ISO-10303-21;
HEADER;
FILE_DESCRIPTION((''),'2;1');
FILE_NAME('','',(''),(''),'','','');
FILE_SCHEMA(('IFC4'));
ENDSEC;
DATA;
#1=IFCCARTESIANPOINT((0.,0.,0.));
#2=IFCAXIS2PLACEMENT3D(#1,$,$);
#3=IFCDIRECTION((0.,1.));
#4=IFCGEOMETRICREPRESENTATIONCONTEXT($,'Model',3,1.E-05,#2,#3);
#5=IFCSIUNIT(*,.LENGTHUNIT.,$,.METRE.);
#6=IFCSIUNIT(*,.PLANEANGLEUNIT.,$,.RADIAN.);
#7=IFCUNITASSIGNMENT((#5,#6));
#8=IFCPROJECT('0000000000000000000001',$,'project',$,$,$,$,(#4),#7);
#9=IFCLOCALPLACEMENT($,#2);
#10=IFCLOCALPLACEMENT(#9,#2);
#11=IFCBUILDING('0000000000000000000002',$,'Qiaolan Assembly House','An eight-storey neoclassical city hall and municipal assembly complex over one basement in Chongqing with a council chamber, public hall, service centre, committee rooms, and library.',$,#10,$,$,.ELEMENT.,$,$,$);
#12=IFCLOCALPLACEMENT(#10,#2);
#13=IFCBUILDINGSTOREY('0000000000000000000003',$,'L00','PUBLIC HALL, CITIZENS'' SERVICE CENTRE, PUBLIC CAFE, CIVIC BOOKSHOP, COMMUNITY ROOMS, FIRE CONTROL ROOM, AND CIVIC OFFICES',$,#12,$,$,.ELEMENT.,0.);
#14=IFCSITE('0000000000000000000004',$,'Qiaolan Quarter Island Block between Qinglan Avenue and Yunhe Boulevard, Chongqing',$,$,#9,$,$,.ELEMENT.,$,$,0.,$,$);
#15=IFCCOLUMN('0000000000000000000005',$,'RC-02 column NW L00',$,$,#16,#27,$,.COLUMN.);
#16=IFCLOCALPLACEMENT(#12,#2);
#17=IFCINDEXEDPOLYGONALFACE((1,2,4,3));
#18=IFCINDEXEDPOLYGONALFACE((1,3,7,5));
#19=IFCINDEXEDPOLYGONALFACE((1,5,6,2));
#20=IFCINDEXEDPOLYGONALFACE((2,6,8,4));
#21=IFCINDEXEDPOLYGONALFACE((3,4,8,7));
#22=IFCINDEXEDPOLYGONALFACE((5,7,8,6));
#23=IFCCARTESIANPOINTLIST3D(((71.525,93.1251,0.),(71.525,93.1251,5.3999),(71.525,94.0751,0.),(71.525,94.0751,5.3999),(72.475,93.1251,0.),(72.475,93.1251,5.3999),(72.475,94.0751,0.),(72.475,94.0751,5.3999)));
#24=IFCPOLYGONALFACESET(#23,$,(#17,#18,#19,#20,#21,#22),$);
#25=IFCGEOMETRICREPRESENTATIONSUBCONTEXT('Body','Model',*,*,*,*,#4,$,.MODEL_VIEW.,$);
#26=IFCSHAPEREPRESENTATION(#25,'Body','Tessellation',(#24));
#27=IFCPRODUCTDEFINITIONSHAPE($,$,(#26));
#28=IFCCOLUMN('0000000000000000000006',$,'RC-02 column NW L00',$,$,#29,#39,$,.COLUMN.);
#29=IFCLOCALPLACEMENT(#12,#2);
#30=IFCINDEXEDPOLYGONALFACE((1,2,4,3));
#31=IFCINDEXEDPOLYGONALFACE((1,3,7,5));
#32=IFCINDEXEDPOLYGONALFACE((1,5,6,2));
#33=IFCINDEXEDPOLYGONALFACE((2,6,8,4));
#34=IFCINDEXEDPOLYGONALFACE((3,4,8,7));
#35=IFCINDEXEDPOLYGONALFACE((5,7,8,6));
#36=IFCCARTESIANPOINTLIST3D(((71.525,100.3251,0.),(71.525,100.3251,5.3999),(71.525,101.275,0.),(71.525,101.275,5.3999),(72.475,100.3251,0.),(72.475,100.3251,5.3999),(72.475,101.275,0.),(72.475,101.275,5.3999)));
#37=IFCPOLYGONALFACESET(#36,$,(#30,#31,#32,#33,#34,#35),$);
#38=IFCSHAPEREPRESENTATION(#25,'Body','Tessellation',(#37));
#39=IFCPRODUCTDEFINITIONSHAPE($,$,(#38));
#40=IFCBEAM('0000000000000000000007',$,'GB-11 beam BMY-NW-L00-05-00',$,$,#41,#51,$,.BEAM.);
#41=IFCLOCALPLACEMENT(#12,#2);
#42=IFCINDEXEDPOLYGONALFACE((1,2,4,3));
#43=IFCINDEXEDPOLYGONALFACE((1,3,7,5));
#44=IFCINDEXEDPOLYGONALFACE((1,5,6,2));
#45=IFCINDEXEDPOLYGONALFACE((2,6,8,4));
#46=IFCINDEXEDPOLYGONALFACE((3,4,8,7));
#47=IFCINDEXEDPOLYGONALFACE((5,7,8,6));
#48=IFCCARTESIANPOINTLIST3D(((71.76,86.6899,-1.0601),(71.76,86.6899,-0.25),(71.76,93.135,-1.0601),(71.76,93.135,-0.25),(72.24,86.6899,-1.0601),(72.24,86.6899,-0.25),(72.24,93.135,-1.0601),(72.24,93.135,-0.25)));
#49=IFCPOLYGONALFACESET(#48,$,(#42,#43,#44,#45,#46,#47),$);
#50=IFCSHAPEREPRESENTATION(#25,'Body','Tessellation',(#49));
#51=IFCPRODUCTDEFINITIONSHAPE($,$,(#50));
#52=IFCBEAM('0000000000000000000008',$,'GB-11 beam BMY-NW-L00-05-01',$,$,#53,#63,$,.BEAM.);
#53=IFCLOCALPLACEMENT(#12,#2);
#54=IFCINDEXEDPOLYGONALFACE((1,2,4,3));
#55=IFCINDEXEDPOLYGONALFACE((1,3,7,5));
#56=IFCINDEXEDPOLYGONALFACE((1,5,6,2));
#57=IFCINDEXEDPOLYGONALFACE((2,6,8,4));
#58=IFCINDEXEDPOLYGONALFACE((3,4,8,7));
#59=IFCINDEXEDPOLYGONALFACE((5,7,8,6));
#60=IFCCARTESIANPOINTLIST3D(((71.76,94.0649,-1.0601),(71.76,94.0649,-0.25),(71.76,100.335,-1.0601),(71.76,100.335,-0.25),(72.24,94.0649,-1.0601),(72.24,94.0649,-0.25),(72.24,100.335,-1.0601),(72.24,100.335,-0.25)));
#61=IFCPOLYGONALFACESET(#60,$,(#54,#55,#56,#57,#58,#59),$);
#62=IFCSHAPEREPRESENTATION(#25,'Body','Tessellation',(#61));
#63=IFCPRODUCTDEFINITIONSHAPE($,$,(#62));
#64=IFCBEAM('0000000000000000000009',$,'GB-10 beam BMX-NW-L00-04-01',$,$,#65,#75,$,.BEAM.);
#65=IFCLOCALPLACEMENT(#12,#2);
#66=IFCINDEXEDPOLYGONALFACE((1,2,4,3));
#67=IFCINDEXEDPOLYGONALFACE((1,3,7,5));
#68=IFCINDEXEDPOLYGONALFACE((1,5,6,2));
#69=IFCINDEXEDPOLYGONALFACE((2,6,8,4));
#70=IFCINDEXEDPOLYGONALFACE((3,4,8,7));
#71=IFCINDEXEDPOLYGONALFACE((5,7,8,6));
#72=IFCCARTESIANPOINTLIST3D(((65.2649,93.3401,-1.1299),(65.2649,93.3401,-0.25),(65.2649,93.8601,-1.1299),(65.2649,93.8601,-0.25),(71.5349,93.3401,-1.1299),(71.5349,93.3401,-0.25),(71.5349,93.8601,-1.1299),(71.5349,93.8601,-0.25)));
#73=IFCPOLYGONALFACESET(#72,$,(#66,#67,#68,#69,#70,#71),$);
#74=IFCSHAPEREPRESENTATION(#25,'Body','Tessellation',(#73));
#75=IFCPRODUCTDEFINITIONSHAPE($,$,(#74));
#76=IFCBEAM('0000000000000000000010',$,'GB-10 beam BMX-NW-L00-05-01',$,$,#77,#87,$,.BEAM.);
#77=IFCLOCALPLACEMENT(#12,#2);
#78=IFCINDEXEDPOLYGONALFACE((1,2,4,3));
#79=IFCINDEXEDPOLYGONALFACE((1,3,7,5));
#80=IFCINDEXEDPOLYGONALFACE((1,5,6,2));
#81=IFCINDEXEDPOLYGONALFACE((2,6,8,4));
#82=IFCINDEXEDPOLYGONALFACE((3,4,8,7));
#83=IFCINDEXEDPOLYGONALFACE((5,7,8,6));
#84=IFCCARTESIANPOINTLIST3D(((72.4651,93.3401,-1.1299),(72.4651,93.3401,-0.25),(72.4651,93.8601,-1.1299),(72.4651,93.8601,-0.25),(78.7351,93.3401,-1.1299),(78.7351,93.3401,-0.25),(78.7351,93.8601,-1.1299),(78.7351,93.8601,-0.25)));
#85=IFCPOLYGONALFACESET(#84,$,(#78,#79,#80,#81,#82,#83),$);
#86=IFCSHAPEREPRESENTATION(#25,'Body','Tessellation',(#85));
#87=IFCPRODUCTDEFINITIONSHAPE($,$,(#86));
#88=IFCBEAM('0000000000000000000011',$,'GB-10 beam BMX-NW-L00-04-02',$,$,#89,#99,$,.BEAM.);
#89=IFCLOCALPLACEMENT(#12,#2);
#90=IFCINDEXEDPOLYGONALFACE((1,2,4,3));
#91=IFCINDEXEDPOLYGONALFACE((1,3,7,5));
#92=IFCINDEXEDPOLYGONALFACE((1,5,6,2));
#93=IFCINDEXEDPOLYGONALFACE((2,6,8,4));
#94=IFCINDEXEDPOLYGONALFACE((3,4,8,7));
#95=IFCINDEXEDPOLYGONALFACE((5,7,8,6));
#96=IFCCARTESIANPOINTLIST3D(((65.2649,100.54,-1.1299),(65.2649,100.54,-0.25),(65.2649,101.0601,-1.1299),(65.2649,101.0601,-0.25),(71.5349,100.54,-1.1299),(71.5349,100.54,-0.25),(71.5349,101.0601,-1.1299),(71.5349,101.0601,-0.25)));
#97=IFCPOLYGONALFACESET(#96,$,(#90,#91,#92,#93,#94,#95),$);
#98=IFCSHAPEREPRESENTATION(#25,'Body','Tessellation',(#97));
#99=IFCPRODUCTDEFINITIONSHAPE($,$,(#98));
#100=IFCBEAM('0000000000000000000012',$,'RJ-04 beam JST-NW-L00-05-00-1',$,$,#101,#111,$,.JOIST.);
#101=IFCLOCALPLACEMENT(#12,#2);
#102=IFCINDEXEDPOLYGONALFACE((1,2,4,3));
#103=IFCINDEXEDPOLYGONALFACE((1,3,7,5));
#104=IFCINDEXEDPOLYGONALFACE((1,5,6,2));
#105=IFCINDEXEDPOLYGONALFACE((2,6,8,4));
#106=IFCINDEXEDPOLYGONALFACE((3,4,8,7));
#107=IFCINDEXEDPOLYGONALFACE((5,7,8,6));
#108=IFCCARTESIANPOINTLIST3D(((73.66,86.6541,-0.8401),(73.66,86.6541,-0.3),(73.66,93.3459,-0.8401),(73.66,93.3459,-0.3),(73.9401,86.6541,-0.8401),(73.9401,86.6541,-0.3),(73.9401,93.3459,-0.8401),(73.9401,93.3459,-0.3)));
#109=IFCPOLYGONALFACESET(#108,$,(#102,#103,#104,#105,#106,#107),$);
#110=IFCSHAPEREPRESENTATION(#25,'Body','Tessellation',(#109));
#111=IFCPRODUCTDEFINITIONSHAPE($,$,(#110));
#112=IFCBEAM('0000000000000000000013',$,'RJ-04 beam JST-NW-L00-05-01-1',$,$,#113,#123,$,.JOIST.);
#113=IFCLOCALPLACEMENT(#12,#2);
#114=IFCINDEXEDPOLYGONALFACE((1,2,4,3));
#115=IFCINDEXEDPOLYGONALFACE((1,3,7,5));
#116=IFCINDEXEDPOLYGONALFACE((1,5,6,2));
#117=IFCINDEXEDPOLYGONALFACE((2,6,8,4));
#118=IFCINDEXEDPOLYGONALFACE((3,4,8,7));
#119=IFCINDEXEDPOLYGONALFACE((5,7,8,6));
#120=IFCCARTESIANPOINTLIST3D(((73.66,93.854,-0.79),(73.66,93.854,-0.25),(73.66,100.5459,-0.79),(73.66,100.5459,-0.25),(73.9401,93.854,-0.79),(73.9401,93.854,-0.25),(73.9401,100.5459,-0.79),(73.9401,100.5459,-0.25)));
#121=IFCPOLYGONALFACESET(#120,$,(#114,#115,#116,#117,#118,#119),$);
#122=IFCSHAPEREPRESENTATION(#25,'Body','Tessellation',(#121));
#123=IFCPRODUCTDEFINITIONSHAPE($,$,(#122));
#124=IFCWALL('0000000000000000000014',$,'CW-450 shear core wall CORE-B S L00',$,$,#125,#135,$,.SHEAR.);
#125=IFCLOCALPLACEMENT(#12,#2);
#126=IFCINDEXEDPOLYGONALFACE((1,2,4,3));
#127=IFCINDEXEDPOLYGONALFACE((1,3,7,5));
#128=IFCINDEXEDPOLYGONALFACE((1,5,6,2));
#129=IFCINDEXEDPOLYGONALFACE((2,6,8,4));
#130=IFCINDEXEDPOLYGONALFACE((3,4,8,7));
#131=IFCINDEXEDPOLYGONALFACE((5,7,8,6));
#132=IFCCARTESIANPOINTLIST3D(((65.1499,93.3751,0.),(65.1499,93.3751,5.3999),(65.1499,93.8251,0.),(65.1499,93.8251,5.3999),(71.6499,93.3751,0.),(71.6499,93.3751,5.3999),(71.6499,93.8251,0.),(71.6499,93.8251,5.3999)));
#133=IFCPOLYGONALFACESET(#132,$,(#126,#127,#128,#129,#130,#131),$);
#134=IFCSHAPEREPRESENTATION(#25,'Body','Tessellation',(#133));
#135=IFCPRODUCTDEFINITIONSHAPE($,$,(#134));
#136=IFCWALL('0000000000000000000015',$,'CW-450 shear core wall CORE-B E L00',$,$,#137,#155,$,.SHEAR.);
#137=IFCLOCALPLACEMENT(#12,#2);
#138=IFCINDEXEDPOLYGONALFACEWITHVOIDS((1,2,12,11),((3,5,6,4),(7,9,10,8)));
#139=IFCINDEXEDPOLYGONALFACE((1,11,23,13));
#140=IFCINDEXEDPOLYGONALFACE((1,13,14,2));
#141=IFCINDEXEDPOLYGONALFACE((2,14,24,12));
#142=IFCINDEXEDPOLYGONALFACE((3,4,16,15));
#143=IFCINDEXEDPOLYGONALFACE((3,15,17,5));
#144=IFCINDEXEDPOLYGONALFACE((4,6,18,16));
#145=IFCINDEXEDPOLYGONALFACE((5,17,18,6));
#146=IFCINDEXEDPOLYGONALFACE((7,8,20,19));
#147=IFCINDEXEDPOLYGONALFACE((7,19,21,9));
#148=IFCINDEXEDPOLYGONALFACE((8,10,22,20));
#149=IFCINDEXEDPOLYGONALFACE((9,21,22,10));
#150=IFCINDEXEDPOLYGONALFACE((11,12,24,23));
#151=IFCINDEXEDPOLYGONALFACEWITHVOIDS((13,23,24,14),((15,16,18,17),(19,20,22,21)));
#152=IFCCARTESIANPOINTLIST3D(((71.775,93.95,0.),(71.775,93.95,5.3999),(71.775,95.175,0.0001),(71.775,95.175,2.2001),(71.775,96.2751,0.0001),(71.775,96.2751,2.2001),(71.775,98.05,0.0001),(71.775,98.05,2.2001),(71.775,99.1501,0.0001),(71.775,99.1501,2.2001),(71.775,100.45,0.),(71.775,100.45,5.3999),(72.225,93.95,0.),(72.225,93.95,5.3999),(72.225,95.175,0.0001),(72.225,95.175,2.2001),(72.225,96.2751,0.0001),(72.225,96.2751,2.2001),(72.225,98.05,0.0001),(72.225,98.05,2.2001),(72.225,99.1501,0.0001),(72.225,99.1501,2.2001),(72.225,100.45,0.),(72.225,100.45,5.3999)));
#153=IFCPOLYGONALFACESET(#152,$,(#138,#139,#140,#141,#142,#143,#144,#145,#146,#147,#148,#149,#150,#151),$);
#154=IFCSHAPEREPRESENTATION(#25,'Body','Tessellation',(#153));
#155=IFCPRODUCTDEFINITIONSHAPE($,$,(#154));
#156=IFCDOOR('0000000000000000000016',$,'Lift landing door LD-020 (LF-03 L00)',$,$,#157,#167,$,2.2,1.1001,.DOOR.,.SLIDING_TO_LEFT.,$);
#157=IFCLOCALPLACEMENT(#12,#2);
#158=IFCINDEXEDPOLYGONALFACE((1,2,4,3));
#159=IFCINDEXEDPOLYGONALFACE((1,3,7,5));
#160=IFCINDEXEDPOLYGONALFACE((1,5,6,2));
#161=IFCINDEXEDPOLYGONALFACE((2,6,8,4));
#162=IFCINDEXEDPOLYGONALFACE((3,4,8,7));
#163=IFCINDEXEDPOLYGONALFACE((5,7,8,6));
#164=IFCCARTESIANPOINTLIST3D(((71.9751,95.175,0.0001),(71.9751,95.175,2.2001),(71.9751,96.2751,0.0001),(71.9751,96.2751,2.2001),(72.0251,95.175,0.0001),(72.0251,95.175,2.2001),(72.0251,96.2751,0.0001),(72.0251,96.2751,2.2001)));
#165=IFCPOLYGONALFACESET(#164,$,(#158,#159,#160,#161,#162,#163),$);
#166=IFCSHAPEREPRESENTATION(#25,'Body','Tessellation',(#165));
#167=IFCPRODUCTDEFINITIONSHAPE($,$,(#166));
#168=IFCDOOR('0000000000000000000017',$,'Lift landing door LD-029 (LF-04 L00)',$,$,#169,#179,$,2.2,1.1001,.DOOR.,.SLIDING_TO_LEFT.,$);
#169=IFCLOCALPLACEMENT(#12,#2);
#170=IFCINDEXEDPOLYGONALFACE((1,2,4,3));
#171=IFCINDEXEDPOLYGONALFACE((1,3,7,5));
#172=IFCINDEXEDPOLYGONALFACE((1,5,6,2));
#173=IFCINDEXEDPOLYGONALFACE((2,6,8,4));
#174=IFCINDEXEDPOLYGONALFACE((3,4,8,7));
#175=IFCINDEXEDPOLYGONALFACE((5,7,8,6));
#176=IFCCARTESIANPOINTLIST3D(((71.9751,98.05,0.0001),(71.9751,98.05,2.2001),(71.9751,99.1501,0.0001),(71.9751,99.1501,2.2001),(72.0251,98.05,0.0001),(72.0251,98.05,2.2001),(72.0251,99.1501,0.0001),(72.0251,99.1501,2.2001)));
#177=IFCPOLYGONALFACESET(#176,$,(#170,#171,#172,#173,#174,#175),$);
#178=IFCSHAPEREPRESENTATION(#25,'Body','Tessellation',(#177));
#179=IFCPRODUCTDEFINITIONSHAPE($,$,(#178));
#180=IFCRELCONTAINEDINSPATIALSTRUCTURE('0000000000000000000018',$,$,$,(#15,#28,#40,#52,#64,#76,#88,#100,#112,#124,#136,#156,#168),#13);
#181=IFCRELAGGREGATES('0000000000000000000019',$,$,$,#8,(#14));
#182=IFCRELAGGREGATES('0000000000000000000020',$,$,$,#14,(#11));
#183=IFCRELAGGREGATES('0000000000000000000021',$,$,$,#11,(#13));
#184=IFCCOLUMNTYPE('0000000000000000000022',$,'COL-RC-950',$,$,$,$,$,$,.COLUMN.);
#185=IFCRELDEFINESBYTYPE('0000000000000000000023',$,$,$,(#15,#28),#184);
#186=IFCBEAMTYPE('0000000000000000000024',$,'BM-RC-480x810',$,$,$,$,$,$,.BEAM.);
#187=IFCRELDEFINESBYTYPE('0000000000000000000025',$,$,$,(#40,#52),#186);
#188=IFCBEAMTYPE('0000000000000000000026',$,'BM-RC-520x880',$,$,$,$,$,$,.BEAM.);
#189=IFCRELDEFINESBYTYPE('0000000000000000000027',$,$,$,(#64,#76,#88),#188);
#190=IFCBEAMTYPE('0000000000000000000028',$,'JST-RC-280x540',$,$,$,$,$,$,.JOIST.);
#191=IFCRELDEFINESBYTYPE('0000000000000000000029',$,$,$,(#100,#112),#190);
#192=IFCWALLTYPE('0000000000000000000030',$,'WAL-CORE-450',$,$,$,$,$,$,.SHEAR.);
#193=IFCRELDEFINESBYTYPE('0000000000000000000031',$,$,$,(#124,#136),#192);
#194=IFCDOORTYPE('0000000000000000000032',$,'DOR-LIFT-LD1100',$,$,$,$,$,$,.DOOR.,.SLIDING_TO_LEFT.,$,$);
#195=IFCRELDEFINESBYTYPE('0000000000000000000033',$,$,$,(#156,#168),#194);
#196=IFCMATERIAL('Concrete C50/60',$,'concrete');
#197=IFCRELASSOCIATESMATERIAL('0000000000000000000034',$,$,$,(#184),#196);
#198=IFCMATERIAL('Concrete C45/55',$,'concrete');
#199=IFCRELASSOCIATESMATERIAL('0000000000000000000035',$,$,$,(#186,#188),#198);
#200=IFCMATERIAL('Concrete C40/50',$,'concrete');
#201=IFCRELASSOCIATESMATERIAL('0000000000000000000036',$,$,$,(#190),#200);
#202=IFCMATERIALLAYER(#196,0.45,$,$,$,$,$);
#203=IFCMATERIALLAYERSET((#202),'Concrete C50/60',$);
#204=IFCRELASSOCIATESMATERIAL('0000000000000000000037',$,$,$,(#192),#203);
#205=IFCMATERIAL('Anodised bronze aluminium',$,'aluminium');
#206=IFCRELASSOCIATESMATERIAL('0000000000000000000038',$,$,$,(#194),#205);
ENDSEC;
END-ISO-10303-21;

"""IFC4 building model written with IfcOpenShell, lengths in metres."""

from ifc_helpers import new_model, si_unit, direction, frame, frame_2d, origin, origin_2d, place, context, subcontext, project, spatial, rectangle, extrude, material, layer, layer_set, material_profile, profile_set, type_object, element, fill, save


model = new_model("IFC4")

# Units and contexts
model_context = context("Model", 3, precision=1e-05, world=origin(), true_north=direction((0.0, 1.0)))
body_context = subcontext(model_context, "Body", "Model", "MODEL_VIEW")
ifc_project = project(units=[si_unit("LENGTHUNIT", "METRE"), si_unit("PLANEANGLEUNIT", "RADIAN")], contexts=[model_context])

# Site, building, storey
site_placement = place(None, origin())
site = spatial("IfcSite", under=ifc_project, at=site_placement, Name="Qiaolan Quarter Island Block between Qinglan Avenue and Yunhe Boulevard, Chongqing", CompositionType="ELEMENT", RefElevation=0.0)
building_placement = place(site_placement, origin())
building = spatial("IfcBuilding", under=site, at=building_placement, Name="Qiaolan Assembly House", Description="An eight-storey neoclassical city hall and municipal assembly complex over one basement in Chongqing with a council chamber, public hall, service centre, committee rooms, and library.", CompositionType="ELEMENT")
storey_placement = place(building_placement, origin())
storey = spatial("IfcBuildingStorey", under=building, at=storey_placement, Name="L00", Description="PUBLIC HALL, CITIZENS' SERVICE CENTRE, PUBLIC CAFE, CIVIC BOOKSHOP, COMMUNITY ROOMS, FIRE CONTROL ROOM, AND CIVIC OFFICES", CompositionType="ELEMENT", Elevation=0.0)

# Columns
ifc_material_1 = material(Name="Concrete C50/60", Category="concrete")
ifc_material_profile_1 = material_profile(ifc_material_1, rectangle(XDim=0.95, YDim=0.95, at=origin_2d()), Name="RC 950x950")
ifc_profile_set_1 = profile_set([ifc_material_profile_1], Name="Concrete C50/60")
column_type = type_object("IfcColumnType", Name="COL-RC-950", PredefinedType="COLUMN", material=ifc_profile_set_1)
for number, where, z_axis, x_axis, name in (
    (1, (72.0, 93.6001, 0.0), (0.0, 0.0, 1.0), (1.0, 0.0, 0.0), "RC-02 column NW L00"),
    (2, (72.0, 100.8, 0.0), (0.0, 0.0, 1.0), (1.0, 0.0, 0.0), "RC-02 column NW L00"),
):
    element("IfcColumn", number, at=place(storey_placement, frame(where, z_axis=z_axis, x_axis=x_axis)), inside=storey, type_object=column_type, Name=name, PredefinedType="COLUMN", context=body_context, shape_type="SweptSolid", body=[
        extrude(rectangle(XDim=0.95, YDim=0.95, at=origin_2d()), origin(), (0.0, 0.0, 1.0), 5.3999),
    ])

# Beams
ifc_material_2 = material(Name="Concrete C45/55", Category="concrete")
ifc_material_profile_2 = material_profile(ifc_material_2, rectangle(XDim=0.48, YDim=0.8101, at=origin_2d()), Name="RCB 480x810")
ifc_profile_set_2 = profile_set([ifc_material_profile_2], Name="Concrete C45/55")
beam_type_1 = type_object("IfcBeamType", Name="BM-RC-480x810", PredefinedType="BEAM", material=ifc_profile_set_2)
beam_1_placement = place(storey_placement, frame((72.0, 86.6899, -0.655), z_axis=(0.0, 1.0, 0.0), x_axis=(-1.0, 0.0, 0.0)))
element("IfcBeam", 3, at=beam_1_placement, inside=storey, type_object=beam_type_1, Name="GB-11 beam BMY-NW-L00-05-00", PredefinedType="BEAM", context=body_context, shape_type="SweptSolid", body=[
    extrude(rectangle(XDim=0.48, YDim=0.8101, at=origin_2d()), origin(), (0.0, 0.0, 1.0), 6.4451),
])
beam_2_placement = place(storey_placement, frame((72.0, 94.0649, -0.655), z_axis=(0.0, 1.0, 0.0), x_axis=(-1.0, 0.0, 0.0)))
element("IfcBeam", 4, at=beam_2_placement, inside=storey, type_object=beam_type_1, Name="GB-11 beam BMY-NW-L00-05-01", PredefinedType="BEAM", context=body_context, shape_type="SweptSolid", body=[
    extrude(rectangle(XDim=0.48, YDim=0.8101, at=origin_2d()), origin(), (0.0, 0.0, 1.0), 6.27),
])
ifc_material_profile_3 = material_profile(ifc_material_2, rectangle(XDim=0.52, YDim=0.8799, at=origin_2d()), Name="RCB 520x880")
ifc_profile_set_3 = profile_set([ifc_material_profile_3], Name="Concrete C45/55")
beam_type_2 = type_object("IfcBeamType", Name="BM-RC-520x880", PredefinedType="BEAM", material=ifc_profile_set_3)
for number, where, z_axis, x_axis, name in (
    (5, (65.2649, 93.6001, -0.6899), (1.0, 0.0, 0.0), (0.0, 1.0, 0.0), "GB-10 beam BMX-NW-L00-04-01"),
    (6, (72.4651, 93.6001, -0.6899), (1.0, 0.0, 0.0), (0.0, 1.0, 0.0), "GB-10 beam BMX-NW-L00-05-01"),
    (7, (65.2649, 100.8, -0.6899), (1.0, 0.0, 0.0), (0.0, 1.0, 0.0), "GB-10 beam BMX-NW-L00-04-02"),
):
    element("IfcBeam", number, at=place(storey_placement, frame(where, z_axis=z_axis, x_axis=x_axis)), inside=storey, type_object=beam_type_2, Name=name, PredefinedType="BEAM", context=body_context, shape_type="SweptSolid", body=[
        extrude(rectangle(XDim=0.52, YDim=0.8799, at=origin_2d()), origin(), (0.0, 0.0, 1.0), 6.27),
    ])
ifc_material_3 = material(Name="Concrete C40/50", Category="concrete")
ifc_material_profile_4 = material_profile(ifc_material_3, rectangle(XDim=0.28, YDim=0.54, at=origin_2d()), Name="RCB 280x540")
ifc_profile_set_4 = profile_set([ifc_material_profile_4], Name="Concrete C40/50")
beam_type_3 = type_object("IfcBeamType", Name="JST-RC-280x540", PredefinedType="JOIST", material=ifc_profile_set_4)
for number, where, z_axis, x_axis, name in (
    (8, (73.8, 86.6541, -0.5701), (0.0, 1.0, 0.0), (-1.0, 0.0, 0.0), "RJ-04 beam JST-NW-L00-05-00-1"),
    (9, (73.8, 93.854, -0.52), (0.0, 1.0, 0.0), (-1.0, 0.0, 0.0), "RJ-04 beam JST-NW-L00-05-01-1"),
):
    element("IfcBeam", number, at=place(storey_placement, frame(where, z_axis=z_axis, x_axis=x_axis)), inside=storey, type_object=beam_type_3, Name=name, PredefinedType="JOIST", context=body_context, shape_type="SweptSolid", body=[
        extrude(rectangle(XDim=0.28, YDim=0.54, at=origin_2d()), origin(), (0.0, 0.0, 1.0), 6.6919),
    ])

# Wall
ifc_layer_1 = layer(ifc_material_1, 0.45)
ifc_layer_set_1 = layer_set([ifc_layer_1], Name="Concrete C50/60")
wall_type_1 = type_object("IfcWallType", Name="WAL-CORE-450", PredefinedType="SHEAR", material=ifc_layer_set_1)
wall_1_placement = place(storey_placement, frame((65.1499, 93.6001, 0.0), z_axis=(0.0, 0.0, 1.0), x_axis=(1.0, 0.0, 0.0)))
element("IfcWall", 10, at=wall_1_placement, inside=storey, type_object=wall_type_1, Name="CW-450 shear core wall CORE-B S L00", PredefinedType="SHEAR", context=body_context, shape_type="SweptSolid", body=[
    extrude(rectangle(XDim=6.5, YDim=0.45, at=frame_2d((3.25, 0.0))), origin(), (0.0, 0.0, 1.0), 5.3999),
])

# Wall, openings, doors
wall_2_placement = place(storey_placement, frame((72.0, 93.95, 0.0), z_axis=(0.0, 0.0, 1.0), x_axis=(0.0, 1.0, 0.0)))
wall_2 = element("IfcWall", 11, at=wall_2_placement, inside=storey, type_object=wall_type_1, Name="CW-450 shear core wall CORE-B E L00", PredefinedType="SHEAR", context=body_context, shape_type="SweptSolid", body=[
    extrude(rectangle(XDim=6.5, YDim=0.45, at=frame_2d((3.25, 0.0))), origin(), (0.0, 0.0, 1.0), 5.3999),
])
opening_1_placement = place(wall_2_placement, frame((1.2251, 0.0, 0.0)))
opening_1 = element("IfcOpeningElement", 12, at=opening_1_placement, cuts=wall_2, PredefinedType="OPENING", context=body_context, shape_type="SweptSolid", body=[
    extrude(rectangle(XDim=1.1001, YDim=2.2, at=frame_2d((0.55, 1.1001))), frame((0.0, 0.2349, 0.0), z_axis=(0.0, -1.0, 0.0), x_axis=(1.0, 0.0, 0.0)), (0.0, 0.0, 1.0), 0.47),
])
opening_2_placement = place(wall_2_placement, frame((4.1001, 0.0, 0.0)))
opening_2 = element("IfcOpeningElement", 13, at=opening_2_placement, cuts=wall_2, PredefinedType="OPENING", context=body_context, shape_type="SweptSolid", body=[
    extrude(rectangle(XDim=1.1001, YDim=2.2, at=frame_2d((0.55, 1.1001))), frame((0.0, 0.2349, 0.0), z_axis=(0.0, -1.0, 0.0), x_axis=(1.0, 0.0, 0.0)), (0.0, 0.0, 1.0), 0.47),
])
ifc_material_4 = material(Name="Anodised bronze aluminium", Category="aluminium")
door_type_1 = type_object("IfcDoorType", Name="DOR-LIFT-LD1100", OperationType="SLIDING_TO_LEFT", PredefinedType="DOOR", material=ifc_material_4)
door_1_placement = place(opening_1_placement, origin())
door_1 = element("IfcDoor", 14, at=door_1_placement, inside=storey, type_object=door_type_1, Name="Lift landing door LD-020 (LF-03 L00)", OperationType="SLIDING_TO_LEFT", OverallHeight=2.2, OverallWidth=1.1001, PredefinedType="DOOR", context=body_context, shape_type="SweptSolid", body=[
    extrude(rectangle(XDim=1.1001, YDim=2.2, at=frame_2d((0.55, 1.1001))), frame((0.0, 0.0249, 0.0), z_axis=(0.0, -1.0, 0.0), x_axis=(1.0, 0.0, 0.0)), (0.0, 0.0, 1.0), 0.05),
])
fill(opening_1, door_1)
door_2_placement = place(opening_2_placement, origin())
door_2 = element("IfcDoor", 15, at=door_2_placement, inside=storey, type_object=door_type_1, Name="Lift landing door LD-029 (LF-04 L00)", OperationType="SLIDING_TO_LEFT", OverallHeight=2.2, OverallWidth=1.1001, PredefinedType="DOOR", context=body_context, shape_type="SweptSolid", body=[
    extrude(rectangle(XDim=1.1001, YDim=2.2, at=frame_2d((0.55, 1.1001))), frame((0.0, 0.0249, 0.0), z_axis=(0.0, -1.0, 0.0), x_axis=(1.0, 0.0, 0.0)), (0.0, 0.0, 1.0), 0.05),
])
fill(opening_2, door_2)

save(model, "model.ifc")
